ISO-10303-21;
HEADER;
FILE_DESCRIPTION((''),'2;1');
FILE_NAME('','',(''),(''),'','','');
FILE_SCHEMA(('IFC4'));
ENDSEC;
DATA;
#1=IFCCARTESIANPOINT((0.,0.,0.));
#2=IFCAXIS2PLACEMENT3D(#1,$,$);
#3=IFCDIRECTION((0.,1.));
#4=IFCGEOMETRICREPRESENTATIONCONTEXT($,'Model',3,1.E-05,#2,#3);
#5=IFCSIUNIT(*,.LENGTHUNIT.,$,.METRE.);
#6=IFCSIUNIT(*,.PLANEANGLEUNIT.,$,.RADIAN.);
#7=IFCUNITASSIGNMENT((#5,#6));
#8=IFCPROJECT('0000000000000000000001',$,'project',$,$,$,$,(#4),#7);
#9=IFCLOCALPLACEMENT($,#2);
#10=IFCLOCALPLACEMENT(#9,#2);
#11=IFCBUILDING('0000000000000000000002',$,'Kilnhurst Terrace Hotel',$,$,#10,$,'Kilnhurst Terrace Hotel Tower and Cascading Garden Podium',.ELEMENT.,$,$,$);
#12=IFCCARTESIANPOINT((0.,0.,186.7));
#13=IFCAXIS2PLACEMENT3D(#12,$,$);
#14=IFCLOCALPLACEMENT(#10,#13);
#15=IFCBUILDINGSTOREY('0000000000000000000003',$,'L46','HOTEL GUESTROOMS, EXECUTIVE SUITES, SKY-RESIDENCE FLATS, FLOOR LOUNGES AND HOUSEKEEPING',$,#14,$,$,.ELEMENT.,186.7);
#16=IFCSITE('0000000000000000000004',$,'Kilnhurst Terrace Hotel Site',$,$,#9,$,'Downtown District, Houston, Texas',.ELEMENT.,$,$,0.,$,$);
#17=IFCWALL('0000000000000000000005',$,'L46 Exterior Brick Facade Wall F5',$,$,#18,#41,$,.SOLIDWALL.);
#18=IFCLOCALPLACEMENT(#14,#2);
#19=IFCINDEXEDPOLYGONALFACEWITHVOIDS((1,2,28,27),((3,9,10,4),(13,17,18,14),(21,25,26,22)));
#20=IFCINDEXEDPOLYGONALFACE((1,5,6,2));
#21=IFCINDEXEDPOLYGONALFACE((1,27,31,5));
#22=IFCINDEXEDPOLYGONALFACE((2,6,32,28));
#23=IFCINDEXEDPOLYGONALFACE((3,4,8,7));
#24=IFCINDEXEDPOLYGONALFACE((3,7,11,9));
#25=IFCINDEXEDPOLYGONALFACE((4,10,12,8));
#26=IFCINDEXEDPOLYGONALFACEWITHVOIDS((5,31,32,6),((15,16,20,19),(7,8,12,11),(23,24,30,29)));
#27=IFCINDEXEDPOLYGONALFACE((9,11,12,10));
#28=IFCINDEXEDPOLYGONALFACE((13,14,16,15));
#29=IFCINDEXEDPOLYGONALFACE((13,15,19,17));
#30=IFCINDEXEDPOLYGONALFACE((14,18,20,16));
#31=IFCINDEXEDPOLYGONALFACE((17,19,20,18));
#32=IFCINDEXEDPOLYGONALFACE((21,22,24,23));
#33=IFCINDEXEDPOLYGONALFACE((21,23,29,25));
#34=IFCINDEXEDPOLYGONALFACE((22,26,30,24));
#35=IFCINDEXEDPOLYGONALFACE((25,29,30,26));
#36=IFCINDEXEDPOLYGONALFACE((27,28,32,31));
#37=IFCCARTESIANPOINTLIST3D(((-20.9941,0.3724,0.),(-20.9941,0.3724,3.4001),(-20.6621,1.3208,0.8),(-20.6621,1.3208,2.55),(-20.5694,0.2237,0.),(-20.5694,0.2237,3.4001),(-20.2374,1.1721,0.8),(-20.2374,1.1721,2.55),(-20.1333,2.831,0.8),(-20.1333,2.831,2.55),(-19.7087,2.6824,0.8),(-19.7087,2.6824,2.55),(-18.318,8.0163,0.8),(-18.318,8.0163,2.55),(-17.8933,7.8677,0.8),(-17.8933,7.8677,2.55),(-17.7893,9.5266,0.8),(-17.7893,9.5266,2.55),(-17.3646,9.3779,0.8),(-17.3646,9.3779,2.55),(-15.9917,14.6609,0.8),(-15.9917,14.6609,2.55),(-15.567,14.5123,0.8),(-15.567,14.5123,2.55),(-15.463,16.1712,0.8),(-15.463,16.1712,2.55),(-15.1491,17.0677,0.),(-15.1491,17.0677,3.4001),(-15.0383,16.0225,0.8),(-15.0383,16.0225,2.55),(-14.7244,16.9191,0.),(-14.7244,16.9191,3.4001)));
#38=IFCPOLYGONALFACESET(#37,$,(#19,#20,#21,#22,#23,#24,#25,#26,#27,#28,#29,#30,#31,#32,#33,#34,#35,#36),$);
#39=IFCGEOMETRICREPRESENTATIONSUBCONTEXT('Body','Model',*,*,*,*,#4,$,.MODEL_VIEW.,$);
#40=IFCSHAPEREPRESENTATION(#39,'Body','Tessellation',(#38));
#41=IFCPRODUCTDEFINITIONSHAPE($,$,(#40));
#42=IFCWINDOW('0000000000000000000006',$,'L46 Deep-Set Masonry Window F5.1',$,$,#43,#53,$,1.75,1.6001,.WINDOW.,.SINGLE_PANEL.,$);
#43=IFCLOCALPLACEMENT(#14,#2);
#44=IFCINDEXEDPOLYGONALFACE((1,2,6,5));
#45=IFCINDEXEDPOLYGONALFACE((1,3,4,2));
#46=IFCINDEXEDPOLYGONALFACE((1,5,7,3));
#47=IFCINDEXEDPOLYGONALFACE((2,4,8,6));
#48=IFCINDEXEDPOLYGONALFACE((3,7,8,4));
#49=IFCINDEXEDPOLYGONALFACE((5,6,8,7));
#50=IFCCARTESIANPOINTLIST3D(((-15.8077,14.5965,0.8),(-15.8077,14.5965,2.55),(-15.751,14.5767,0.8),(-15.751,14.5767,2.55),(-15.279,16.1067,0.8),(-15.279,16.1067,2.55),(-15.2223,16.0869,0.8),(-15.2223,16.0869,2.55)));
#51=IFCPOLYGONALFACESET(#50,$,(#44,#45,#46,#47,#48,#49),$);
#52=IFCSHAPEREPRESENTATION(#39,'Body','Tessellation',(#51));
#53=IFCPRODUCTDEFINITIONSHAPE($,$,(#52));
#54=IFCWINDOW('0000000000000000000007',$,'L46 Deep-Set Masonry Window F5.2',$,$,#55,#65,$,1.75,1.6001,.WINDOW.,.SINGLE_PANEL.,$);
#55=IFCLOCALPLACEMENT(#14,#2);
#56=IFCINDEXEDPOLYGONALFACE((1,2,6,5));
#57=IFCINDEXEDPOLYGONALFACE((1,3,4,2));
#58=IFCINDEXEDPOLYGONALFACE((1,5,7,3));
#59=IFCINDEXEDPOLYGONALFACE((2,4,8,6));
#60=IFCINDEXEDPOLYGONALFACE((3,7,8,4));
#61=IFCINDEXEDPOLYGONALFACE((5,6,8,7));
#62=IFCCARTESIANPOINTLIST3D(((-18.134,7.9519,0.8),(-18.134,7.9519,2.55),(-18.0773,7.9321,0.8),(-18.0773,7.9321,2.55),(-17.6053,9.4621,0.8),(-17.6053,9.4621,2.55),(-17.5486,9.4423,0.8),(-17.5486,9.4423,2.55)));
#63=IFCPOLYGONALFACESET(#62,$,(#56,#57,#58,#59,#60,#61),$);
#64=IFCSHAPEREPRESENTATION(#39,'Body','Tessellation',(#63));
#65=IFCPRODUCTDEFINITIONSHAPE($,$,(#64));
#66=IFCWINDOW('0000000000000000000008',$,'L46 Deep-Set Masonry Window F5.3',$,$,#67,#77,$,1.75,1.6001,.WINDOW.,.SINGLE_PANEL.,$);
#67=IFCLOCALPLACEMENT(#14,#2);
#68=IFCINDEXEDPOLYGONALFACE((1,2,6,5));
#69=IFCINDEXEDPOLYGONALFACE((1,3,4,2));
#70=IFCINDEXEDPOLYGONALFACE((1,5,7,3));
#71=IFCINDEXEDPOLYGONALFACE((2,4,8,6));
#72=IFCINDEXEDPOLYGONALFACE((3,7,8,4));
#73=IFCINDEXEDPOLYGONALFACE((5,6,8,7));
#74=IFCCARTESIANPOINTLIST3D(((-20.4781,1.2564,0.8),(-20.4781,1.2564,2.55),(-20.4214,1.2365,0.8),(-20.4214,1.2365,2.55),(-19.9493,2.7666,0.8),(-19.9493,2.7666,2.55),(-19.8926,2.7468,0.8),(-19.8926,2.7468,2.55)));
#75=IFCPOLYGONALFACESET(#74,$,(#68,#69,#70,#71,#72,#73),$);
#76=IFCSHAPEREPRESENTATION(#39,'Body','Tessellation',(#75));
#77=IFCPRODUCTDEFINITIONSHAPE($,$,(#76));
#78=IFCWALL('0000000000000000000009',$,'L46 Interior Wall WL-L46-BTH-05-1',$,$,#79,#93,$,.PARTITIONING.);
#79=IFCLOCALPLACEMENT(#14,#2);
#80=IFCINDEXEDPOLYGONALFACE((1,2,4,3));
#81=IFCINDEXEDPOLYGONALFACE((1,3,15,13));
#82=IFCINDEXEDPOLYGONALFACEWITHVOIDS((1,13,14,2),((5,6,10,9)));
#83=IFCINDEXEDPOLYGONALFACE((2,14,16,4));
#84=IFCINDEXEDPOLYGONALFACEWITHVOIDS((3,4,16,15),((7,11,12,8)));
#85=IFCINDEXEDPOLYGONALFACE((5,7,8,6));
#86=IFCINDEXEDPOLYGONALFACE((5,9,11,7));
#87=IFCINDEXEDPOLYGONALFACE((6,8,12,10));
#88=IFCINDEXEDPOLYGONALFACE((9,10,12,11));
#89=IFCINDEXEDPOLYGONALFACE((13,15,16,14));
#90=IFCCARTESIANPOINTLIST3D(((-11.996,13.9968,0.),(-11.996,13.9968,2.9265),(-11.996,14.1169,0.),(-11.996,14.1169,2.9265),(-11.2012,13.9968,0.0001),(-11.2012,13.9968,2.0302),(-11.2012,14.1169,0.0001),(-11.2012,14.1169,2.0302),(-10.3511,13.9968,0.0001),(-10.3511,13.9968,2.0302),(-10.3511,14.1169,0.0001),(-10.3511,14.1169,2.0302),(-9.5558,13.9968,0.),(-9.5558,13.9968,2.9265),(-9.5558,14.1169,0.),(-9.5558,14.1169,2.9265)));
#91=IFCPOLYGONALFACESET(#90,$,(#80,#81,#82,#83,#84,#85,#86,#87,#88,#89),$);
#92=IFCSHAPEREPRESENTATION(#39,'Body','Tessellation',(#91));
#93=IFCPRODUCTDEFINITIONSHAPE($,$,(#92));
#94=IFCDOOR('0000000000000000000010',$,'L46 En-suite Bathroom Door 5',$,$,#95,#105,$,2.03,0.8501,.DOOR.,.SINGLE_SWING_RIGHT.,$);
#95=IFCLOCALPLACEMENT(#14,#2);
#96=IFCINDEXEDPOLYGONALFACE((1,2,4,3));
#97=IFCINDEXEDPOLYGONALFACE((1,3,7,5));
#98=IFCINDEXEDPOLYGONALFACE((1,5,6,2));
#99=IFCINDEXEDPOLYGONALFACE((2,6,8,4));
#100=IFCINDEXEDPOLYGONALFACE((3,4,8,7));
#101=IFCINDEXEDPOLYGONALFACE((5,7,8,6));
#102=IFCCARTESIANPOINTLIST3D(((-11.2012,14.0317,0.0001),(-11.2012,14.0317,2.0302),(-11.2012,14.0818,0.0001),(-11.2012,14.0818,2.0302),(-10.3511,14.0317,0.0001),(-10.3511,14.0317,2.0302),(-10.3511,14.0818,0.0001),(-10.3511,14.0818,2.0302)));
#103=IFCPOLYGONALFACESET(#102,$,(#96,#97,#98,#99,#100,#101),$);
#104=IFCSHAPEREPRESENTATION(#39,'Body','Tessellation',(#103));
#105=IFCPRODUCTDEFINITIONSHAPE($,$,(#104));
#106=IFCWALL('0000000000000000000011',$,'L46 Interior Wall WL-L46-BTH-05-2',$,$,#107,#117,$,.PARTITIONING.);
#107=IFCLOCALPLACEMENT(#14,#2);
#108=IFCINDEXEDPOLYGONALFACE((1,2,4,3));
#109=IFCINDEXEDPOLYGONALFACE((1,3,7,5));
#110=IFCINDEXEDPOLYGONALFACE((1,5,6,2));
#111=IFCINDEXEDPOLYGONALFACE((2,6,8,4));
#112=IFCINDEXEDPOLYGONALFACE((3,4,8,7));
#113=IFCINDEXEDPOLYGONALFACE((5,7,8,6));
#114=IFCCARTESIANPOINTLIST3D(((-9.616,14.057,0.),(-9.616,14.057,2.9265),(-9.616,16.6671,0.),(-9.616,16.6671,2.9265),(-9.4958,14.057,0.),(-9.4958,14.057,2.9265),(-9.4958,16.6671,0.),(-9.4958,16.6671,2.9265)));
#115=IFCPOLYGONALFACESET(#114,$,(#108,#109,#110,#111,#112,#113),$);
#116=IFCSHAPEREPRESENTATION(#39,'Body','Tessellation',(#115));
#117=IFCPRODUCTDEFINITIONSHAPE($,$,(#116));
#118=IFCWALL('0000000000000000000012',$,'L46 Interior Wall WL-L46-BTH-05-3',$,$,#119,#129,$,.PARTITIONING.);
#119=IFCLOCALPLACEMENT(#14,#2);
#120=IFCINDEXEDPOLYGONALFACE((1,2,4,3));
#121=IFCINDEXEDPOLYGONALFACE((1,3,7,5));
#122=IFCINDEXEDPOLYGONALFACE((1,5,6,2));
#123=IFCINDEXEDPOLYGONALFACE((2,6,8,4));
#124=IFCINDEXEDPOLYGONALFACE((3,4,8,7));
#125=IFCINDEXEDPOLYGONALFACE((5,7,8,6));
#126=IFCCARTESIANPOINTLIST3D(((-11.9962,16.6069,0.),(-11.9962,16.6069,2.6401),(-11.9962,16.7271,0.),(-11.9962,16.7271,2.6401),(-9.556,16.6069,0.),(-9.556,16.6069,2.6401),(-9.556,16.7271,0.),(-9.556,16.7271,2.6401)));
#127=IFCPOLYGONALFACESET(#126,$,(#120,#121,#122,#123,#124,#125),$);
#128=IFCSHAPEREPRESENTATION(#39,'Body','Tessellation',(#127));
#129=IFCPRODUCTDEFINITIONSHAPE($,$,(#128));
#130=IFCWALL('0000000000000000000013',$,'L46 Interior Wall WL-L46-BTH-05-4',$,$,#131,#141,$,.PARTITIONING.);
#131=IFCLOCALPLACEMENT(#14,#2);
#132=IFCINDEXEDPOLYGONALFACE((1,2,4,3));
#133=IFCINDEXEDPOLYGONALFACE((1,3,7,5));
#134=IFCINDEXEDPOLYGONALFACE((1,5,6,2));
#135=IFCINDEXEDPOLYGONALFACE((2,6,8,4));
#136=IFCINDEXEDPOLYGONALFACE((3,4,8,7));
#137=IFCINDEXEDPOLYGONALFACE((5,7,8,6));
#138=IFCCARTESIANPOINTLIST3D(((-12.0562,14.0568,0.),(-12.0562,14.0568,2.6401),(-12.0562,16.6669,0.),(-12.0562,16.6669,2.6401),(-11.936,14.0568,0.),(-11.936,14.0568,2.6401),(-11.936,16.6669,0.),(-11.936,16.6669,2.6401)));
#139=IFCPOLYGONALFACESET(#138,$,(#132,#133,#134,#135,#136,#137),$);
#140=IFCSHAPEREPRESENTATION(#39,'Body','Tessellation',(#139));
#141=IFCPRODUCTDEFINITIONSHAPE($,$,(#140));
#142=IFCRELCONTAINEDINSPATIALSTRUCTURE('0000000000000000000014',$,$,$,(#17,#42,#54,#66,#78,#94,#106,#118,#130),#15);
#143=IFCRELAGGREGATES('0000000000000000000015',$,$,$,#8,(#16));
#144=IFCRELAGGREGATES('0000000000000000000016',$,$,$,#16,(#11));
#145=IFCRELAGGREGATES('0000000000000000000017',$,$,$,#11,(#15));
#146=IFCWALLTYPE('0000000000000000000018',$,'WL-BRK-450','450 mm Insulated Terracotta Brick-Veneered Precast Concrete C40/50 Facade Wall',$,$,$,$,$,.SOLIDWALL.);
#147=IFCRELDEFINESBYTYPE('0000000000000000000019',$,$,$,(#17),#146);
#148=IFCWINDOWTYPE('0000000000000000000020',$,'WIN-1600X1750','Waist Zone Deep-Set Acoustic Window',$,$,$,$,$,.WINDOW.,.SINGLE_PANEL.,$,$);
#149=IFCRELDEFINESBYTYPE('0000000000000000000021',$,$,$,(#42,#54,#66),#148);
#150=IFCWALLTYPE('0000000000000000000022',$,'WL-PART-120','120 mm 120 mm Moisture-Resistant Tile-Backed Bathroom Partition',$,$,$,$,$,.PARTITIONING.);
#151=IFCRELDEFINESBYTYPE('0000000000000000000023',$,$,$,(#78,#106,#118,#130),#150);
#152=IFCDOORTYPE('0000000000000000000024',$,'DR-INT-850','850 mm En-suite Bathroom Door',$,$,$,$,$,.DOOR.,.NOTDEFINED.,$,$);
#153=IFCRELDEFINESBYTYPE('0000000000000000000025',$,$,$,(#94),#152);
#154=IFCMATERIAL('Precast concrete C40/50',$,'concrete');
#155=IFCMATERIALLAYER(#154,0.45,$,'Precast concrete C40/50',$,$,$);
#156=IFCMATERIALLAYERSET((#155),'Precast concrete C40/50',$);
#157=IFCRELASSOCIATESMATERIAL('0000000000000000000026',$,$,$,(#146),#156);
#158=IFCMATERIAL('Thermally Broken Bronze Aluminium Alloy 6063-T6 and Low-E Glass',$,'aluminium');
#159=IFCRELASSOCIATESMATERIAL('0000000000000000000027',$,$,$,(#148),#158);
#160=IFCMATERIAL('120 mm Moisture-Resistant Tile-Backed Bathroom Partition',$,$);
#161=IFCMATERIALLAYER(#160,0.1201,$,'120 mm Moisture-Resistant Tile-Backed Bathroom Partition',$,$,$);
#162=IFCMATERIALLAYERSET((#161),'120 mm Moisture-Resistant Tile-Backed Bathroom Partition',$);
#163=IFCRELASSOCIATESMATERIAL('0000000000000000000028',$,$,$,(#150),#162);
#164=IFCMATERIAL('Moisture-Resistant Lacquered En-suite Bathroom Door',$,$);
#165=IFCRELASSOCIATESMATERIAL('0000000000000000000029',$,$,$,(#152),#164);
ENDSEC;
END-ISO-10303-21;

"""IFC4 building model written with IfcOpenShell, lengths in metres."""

from ifc_helpers import new_model, si_unit, direction, frame, frame_2d, origin, place, context, subcontext, project, spatial, rectangle, extrude, material, layer, layer_set, type_object, element, fill, save


model = new_model("IFC4")

# Units and contexts
model_context = context("Model", 3, precision=1e-05, world=origin(), true_north=direction((0.0, 1.0)))
body_context = subcontext(model_context, "Body", "Model", "MODEL_VIEW")
ifc_project = project(units=[si_unit("LENGTHUNIT", "METRE"), si_unit("PLANEANGLEUNIT", "RADIAN")], contexts=[model_context])

# Site, building, storey
site_placement = place(None, origin())
site = spatial("IfcSite", under=ifc_project, at=site_placement, Name="Kilnhurst Terrace Hotel Site", LongName="Downtown District, Houston, Texas", CompositionType="ELEMENT", RefElevation=0.0)
building_placement = place(site_placement, origin())
building = spatial("IfcBuilding", under=site, at=building_placement, Name="Kilnhurst Terrace Hotel", LongName="Kilnhurst Terrace Hotel Tower and Cascading Garden Podium", CompositionType="ELEMENT")
storey_placement = place(building_placement, frame((0.0, 0.0, 186.7)))
storey = spatial("IfcBuildingStorey", under=building, at=storey_placement, Name="L46", Description="HOTEL GUESTROOMS, EXECUTIVE SUITES, SKY-RESIDENCE FLATS, FLOOR LOUNGES AND HOUSEKEEPING", CompositionType="ELEMENT", Elevation=186.7)

# Shared definitions
ifc_material_1 = material(Name="Precast concrete C40/50", Category="concrete")
ifc_layer_1 = layer(ifc_material_1, 0.45, Name="Precast concrete C40/50")
ifc_layer_set_1 = layer_set([ifc_layer_1], Name="Precast concrete C40/50")
wall_type_1 = type_object("IfcWallType", Name="WL-BRK-450", Description="450 mm Insulated Terracotta Brick-Veneered Precast Concrete C40/50 Facade Wall", PredefinedType="SOLIDWALL", material=ifc_layer_set_1)

# Wall, openings, windows
wall_1_placement = place(storey_placement, frame((-14.9368, 16.9934, 0.0), z_axis=(0.0, 0.0, 1.0), x_axis=(-0.330432, -0.94383, 0.0)))
wall_1 = element("IfcWall", 1, at=wall_1_placement, inside=storey, type_object=wall_type_1, Name="L46 Exterior Brick Facade Wall F5", PredefinedType="SOLIDWALL", context=body_context, shape_type="SweptSolid", body=[
    extrude(rectangle(XDim=17.689, YDim=0.45, at=frame_2d((8.8445, 0.0))), origin(), (0.0, 0.0, 1.0), 3.4001),
])
opening_1_placement = place(wall_1_placement, frame((0.95, 0.0, 0.8)))
opening_1 = element("IfcOpeningElement", 2, at=opening_1_placement, cuts=wall_1, PredefinedType="OPENING", context=body_context, shape_type="SweptSolid", body=[
    extrude(rectangle(XDim=1.6001, YDim=1.75, at=frame_2d((0.8, 0.875))), frame((0.0, 0.2349, 0.0), z_axis=(0.0, -1.0, 0.0), x_axis=(1.0, 0.0, 0.0)), (0.0, 0.0, 1.0), 0.47),
])
opening_2_placement = place(wall_1_placement, frame((7.99, 0.0, 0.8)))
opening_2 = element("IfcOpeningElement", 3, at=opening_2_placement, cuts=wall_1, PredefinedType="OPENING", context=body_context, shape_type="SweptSolid", body=[
    extrude(rectangle(XDim=1.6001, YDim=1.75, at=frame_2d((0.8, 0.875))), frame((0.0, 0.2349, 0.0), z_axis=(0.0, -1.0, 0.0), x_axis=(1.0, 0.0, 0.0)), (0.0, 0.0, 1.0), 0.47),
])
opening_3_placement = place(wall_1_placement, frame((15.084, 0.0, 0.8)))
opening_3 = element("IfcOpeningElement", 4, at=opening_3_placement, cuts=wall_1, PredefinedType="OPENING", context=body_context, shape_type="SweptSolid", body=[
    extrude(rectangle(XDim=1.6001, YDim=1.75, at=frame_2d((0.8, 0.875))), frame((0.0, 0.2349, 0.0), z_axis=(0.0, -1.0, 0.0), x_axis=(1.0, 0.0, 0.0)), (0.0, 0.0, 1.0), 0.47),
])
ifc_material_2 = material(Name="Thermally Broken Bronze Aluminium Alloy 6063-T6 and Low-E Glass", Category="aluminium")
window_type = type_object("IfcWindowType", Name="WIN-1600X1750", Description="Waist Zone Deep-Set Acoustic Window", PartitioningType="SINGLE_PANEL", PredefinedType="WINDOW", material=ifc_material_2)
window_1_placement = place(opening_1_placement, origin())
window_1 = element("IfcWindow", 5, at=window_1_placement, inside=storey, type_object=window_type, Name="L46 Deep-Set Masonry Window F5.1", OverallHeight=1.75, OverallWidth=1.6001, PartitioningType="SINGLE_PANEL", PredefinedType="WINDOW", context=body_context, shape_type="SweptSolid", body=[
    extrude(rectangle(XDim=1.6001, YDim=1.75, at=frame_2d((0.8, 0.875))), frame((0.0, 0.03, 0.0), z_axis=(0.0, -1.0, 0.0), x_axis=(1.0, 0.0, 0.0)), (0.0, 0.0, 1.0), 0.0601),
])
fill(opening_1, window_1)
window_2_placement = place(opening_2_placement, origin())
window_2 = element("IfcWindow", 6, at=window_2_placement, inside=storey, type_object=window_type, Name="L46 Deep-Set Masonry Window F5.2", OverallHeight=1.75, OverallWidth=1.6001, PartitioningType="SINGLE_PANEL", PredefinedType="WINDOW", context=body_context, shape_type="SweptSolid", body=[
    extrude(rectangle(XDim=1.6001, YDim=1.75, at=frame_2d((0.8, 0.875))), frame((0.0, 0.03, 0.0), z_axis=(0.0, -1.0, 0.0), x_axis=(1.0, 0.0, 0.0)), (0.0, 0.0, 1.0), 0.0601),
])
fill(opening_2, window_2)
window_3_placement = place(opening_3_placement, origin())
window_3 = element("IfcWindow", 7, at=window_3_placement, inside=storey, type_object=window_type, Name="L46 Deep-Set Masonry Window F5.3", OverallHeight=1.75, OverallWidth=1.6001, PartitioningType="SINGLE_PANEL", PredefinedType="WINDOW", context=body_context, shape_type="SweptSolid", body=[
    extrude(rectangle(XDim=1.6001, YDim=1.75, at=frame_2d((0.8, 0.875))), frame((0.0, 0.03, 0.0), z_axis=(0.0, -1.0, 0.0), x_axis=(1.0, 0.0, 0.0)), (0.0, 0.0, 1.0), 0.0601),
])
fill(opening_3, window_3)

# Wall, opening, door
ifc_material_3 = material(Name="120 mm Moisture-Resistant Tile-Backed Bathroom Partition")
ifc_layer_2 = layer(ifc_material_3, 0.1201, Name="120 mm Moisture-Resistant Tile-Backed Bathroom Partition")
ifc_layer_set_2 = layer_set([ifc_layer_2], Name="120 mm Moisture-Resistant Tile-Backed Bathroom Partition")
wall_type_2 = type_object("IfcWallType", Name="WL-PART-120", Description="120 mm 120 mm Moisture-Resistant Tile-Backed Bathroom Partition", PredefinedType="PARTITIONING", material=ifc_layer_set_2)
wall_2_placement = place(storey_placement, frame((-11.9961, 14.0569, 0.0), z_axis=(0.0, 0.0, 1.0), x_axis=(1.0, 0.0, 0.0)))
wall_2 = element("IfcWall", 8, at=wall_2_placement, inside=storey, type_object=wall_type_2, Name="L46 Interior Wall WL-L46-BTH-05-1", PredefinedType="PARTITIONING", context=body_context, shape_type="SweptSolid", body=[
    extrude(rectangle(XDim=2.4402, YDim=0.1201, at=frame_2d((1.2202, 0.0))), origin(), (0.0, 0.0, 1.0), 2.9265),
])
opening_4_placement = place(wall_2_placement, frame((0.7949, 0.0, 0.0)))
opening_4 = element("IfcOpeningElement", 9, at=opening_4_placement, cuts=wall_2, PredefinedType="OPENING", context=body_context, shape_type="SweptSolid", body=[
    extrude(rectangle(XDim=0.8501, YDim=2.03, at=frame_2d((0.425, 1.0151))), frame((0.0, 0.0701, 0.0), z_axis=(0.0, -1.0, 0.0), x_axis=(1.0, 0.0, 0.0)), (0.0, 0.0, 1.0), 0.1401),
])
ifc_material_4 = material(Name="Moisture-Resistant Lacquered En-suite Bathroom Door")
door_type = type_object("IfcDoorType", Name="DR-INT-850", Description="850 mm En-suite Bathroom Door", OperationType="NOTDEFINED", PredefinedType="DOOR", material=ifc_material_4)
door_placement = place(opening_4_placement, origin())
door = element("IfcDoor", 10, at=door_placement, inside=storey, type_object=door_type, Name="L46 En-suite Bathroom Door 5", OperationType="SINGLE_SWING_RIGHT", OverallHeight=2.03, OverallWidth=0.8501, PredefinedType="DOOR", context=body_context, shape_type="SweptSolid", body=[
    extrude(rectangle(XDim=0.8501, YDim=2.03, at=frame_2d((0.425, 1.0151))), frame((0.0, 0.0249, 0.0), z_axis=(0.0, -1.0, 0.0), x_axis=(1.0, 0.0, 0.0)), (0.0, 0.0, 1.0), 0.05),
])
fill(opening_4, door)

# Walls
wall_3_placement = place(storey_placement, frame((-9.5559, 14.0569, 0.0), z_axis=(0.0, 0.0, 1.0), x_axis=(0.0, 1.0, 0.0)))
element("IfcWall", 11, at=wall_3_placement, inside=storey, type_object=wall_type_2, Name="L46 Interior Wall WL-L46-BTH-05-2", PredefinedType="PARTITIONING", context=body_context, shape_type="SweptSolid", body=[
    extrude(rectangle(XDim=2.6101, YDim=0.1201, at=frame_2d((1.3052, 0.0))), origin(), (0.0, 0.0, 1.0), 2.9265),
])
wall_4_placement = place(storey_placement, frame((-9.5559, 16.667, 0.0), z_axis=(0.0, 0.0, 1.0), x_axis=(-1.0, 0.0, 0.0)))
element("IfcWall", 12, at=wall_4_placement, inside=storey, type_object=wall_type_2, Name="L46 Interior Wall WL-L46-BTH-05-3", PredefinedType="PARTITIONING", context=body_context, shape_type="SweptSolid", body=[
    extrude(rectangle(XDim=2.4402, YDim=0.1201, at=frame_2d((1.2202, 0.0))), origin(), (0.0, 0.0, 1.0), 2.6401),
])
wall_5_placement = place(storey_placement, frame((-11.9961, 16.667, 0.0), z_axis=(0.0, 0.0, 1.0), x_axis=(0.0, -1.0, 0.0)))
element("IfcWall", 13, at=wall_5_placement, inside=storey, type_object=wall_type_2, Name="L46 Interior Wall WL-L46-BTH-05-4", PredefinedType="PARTITIONING", context=body_context, shape_type="SweptSolid", body=[
    extrude(rectangle(XDim=2.6101, YDim=0.1201, at=frame_2d((1.3052, 0.0))), origin(), (0.0, 0.0, 1.0), 2.6401),
])

save(model, "model.ifc")
